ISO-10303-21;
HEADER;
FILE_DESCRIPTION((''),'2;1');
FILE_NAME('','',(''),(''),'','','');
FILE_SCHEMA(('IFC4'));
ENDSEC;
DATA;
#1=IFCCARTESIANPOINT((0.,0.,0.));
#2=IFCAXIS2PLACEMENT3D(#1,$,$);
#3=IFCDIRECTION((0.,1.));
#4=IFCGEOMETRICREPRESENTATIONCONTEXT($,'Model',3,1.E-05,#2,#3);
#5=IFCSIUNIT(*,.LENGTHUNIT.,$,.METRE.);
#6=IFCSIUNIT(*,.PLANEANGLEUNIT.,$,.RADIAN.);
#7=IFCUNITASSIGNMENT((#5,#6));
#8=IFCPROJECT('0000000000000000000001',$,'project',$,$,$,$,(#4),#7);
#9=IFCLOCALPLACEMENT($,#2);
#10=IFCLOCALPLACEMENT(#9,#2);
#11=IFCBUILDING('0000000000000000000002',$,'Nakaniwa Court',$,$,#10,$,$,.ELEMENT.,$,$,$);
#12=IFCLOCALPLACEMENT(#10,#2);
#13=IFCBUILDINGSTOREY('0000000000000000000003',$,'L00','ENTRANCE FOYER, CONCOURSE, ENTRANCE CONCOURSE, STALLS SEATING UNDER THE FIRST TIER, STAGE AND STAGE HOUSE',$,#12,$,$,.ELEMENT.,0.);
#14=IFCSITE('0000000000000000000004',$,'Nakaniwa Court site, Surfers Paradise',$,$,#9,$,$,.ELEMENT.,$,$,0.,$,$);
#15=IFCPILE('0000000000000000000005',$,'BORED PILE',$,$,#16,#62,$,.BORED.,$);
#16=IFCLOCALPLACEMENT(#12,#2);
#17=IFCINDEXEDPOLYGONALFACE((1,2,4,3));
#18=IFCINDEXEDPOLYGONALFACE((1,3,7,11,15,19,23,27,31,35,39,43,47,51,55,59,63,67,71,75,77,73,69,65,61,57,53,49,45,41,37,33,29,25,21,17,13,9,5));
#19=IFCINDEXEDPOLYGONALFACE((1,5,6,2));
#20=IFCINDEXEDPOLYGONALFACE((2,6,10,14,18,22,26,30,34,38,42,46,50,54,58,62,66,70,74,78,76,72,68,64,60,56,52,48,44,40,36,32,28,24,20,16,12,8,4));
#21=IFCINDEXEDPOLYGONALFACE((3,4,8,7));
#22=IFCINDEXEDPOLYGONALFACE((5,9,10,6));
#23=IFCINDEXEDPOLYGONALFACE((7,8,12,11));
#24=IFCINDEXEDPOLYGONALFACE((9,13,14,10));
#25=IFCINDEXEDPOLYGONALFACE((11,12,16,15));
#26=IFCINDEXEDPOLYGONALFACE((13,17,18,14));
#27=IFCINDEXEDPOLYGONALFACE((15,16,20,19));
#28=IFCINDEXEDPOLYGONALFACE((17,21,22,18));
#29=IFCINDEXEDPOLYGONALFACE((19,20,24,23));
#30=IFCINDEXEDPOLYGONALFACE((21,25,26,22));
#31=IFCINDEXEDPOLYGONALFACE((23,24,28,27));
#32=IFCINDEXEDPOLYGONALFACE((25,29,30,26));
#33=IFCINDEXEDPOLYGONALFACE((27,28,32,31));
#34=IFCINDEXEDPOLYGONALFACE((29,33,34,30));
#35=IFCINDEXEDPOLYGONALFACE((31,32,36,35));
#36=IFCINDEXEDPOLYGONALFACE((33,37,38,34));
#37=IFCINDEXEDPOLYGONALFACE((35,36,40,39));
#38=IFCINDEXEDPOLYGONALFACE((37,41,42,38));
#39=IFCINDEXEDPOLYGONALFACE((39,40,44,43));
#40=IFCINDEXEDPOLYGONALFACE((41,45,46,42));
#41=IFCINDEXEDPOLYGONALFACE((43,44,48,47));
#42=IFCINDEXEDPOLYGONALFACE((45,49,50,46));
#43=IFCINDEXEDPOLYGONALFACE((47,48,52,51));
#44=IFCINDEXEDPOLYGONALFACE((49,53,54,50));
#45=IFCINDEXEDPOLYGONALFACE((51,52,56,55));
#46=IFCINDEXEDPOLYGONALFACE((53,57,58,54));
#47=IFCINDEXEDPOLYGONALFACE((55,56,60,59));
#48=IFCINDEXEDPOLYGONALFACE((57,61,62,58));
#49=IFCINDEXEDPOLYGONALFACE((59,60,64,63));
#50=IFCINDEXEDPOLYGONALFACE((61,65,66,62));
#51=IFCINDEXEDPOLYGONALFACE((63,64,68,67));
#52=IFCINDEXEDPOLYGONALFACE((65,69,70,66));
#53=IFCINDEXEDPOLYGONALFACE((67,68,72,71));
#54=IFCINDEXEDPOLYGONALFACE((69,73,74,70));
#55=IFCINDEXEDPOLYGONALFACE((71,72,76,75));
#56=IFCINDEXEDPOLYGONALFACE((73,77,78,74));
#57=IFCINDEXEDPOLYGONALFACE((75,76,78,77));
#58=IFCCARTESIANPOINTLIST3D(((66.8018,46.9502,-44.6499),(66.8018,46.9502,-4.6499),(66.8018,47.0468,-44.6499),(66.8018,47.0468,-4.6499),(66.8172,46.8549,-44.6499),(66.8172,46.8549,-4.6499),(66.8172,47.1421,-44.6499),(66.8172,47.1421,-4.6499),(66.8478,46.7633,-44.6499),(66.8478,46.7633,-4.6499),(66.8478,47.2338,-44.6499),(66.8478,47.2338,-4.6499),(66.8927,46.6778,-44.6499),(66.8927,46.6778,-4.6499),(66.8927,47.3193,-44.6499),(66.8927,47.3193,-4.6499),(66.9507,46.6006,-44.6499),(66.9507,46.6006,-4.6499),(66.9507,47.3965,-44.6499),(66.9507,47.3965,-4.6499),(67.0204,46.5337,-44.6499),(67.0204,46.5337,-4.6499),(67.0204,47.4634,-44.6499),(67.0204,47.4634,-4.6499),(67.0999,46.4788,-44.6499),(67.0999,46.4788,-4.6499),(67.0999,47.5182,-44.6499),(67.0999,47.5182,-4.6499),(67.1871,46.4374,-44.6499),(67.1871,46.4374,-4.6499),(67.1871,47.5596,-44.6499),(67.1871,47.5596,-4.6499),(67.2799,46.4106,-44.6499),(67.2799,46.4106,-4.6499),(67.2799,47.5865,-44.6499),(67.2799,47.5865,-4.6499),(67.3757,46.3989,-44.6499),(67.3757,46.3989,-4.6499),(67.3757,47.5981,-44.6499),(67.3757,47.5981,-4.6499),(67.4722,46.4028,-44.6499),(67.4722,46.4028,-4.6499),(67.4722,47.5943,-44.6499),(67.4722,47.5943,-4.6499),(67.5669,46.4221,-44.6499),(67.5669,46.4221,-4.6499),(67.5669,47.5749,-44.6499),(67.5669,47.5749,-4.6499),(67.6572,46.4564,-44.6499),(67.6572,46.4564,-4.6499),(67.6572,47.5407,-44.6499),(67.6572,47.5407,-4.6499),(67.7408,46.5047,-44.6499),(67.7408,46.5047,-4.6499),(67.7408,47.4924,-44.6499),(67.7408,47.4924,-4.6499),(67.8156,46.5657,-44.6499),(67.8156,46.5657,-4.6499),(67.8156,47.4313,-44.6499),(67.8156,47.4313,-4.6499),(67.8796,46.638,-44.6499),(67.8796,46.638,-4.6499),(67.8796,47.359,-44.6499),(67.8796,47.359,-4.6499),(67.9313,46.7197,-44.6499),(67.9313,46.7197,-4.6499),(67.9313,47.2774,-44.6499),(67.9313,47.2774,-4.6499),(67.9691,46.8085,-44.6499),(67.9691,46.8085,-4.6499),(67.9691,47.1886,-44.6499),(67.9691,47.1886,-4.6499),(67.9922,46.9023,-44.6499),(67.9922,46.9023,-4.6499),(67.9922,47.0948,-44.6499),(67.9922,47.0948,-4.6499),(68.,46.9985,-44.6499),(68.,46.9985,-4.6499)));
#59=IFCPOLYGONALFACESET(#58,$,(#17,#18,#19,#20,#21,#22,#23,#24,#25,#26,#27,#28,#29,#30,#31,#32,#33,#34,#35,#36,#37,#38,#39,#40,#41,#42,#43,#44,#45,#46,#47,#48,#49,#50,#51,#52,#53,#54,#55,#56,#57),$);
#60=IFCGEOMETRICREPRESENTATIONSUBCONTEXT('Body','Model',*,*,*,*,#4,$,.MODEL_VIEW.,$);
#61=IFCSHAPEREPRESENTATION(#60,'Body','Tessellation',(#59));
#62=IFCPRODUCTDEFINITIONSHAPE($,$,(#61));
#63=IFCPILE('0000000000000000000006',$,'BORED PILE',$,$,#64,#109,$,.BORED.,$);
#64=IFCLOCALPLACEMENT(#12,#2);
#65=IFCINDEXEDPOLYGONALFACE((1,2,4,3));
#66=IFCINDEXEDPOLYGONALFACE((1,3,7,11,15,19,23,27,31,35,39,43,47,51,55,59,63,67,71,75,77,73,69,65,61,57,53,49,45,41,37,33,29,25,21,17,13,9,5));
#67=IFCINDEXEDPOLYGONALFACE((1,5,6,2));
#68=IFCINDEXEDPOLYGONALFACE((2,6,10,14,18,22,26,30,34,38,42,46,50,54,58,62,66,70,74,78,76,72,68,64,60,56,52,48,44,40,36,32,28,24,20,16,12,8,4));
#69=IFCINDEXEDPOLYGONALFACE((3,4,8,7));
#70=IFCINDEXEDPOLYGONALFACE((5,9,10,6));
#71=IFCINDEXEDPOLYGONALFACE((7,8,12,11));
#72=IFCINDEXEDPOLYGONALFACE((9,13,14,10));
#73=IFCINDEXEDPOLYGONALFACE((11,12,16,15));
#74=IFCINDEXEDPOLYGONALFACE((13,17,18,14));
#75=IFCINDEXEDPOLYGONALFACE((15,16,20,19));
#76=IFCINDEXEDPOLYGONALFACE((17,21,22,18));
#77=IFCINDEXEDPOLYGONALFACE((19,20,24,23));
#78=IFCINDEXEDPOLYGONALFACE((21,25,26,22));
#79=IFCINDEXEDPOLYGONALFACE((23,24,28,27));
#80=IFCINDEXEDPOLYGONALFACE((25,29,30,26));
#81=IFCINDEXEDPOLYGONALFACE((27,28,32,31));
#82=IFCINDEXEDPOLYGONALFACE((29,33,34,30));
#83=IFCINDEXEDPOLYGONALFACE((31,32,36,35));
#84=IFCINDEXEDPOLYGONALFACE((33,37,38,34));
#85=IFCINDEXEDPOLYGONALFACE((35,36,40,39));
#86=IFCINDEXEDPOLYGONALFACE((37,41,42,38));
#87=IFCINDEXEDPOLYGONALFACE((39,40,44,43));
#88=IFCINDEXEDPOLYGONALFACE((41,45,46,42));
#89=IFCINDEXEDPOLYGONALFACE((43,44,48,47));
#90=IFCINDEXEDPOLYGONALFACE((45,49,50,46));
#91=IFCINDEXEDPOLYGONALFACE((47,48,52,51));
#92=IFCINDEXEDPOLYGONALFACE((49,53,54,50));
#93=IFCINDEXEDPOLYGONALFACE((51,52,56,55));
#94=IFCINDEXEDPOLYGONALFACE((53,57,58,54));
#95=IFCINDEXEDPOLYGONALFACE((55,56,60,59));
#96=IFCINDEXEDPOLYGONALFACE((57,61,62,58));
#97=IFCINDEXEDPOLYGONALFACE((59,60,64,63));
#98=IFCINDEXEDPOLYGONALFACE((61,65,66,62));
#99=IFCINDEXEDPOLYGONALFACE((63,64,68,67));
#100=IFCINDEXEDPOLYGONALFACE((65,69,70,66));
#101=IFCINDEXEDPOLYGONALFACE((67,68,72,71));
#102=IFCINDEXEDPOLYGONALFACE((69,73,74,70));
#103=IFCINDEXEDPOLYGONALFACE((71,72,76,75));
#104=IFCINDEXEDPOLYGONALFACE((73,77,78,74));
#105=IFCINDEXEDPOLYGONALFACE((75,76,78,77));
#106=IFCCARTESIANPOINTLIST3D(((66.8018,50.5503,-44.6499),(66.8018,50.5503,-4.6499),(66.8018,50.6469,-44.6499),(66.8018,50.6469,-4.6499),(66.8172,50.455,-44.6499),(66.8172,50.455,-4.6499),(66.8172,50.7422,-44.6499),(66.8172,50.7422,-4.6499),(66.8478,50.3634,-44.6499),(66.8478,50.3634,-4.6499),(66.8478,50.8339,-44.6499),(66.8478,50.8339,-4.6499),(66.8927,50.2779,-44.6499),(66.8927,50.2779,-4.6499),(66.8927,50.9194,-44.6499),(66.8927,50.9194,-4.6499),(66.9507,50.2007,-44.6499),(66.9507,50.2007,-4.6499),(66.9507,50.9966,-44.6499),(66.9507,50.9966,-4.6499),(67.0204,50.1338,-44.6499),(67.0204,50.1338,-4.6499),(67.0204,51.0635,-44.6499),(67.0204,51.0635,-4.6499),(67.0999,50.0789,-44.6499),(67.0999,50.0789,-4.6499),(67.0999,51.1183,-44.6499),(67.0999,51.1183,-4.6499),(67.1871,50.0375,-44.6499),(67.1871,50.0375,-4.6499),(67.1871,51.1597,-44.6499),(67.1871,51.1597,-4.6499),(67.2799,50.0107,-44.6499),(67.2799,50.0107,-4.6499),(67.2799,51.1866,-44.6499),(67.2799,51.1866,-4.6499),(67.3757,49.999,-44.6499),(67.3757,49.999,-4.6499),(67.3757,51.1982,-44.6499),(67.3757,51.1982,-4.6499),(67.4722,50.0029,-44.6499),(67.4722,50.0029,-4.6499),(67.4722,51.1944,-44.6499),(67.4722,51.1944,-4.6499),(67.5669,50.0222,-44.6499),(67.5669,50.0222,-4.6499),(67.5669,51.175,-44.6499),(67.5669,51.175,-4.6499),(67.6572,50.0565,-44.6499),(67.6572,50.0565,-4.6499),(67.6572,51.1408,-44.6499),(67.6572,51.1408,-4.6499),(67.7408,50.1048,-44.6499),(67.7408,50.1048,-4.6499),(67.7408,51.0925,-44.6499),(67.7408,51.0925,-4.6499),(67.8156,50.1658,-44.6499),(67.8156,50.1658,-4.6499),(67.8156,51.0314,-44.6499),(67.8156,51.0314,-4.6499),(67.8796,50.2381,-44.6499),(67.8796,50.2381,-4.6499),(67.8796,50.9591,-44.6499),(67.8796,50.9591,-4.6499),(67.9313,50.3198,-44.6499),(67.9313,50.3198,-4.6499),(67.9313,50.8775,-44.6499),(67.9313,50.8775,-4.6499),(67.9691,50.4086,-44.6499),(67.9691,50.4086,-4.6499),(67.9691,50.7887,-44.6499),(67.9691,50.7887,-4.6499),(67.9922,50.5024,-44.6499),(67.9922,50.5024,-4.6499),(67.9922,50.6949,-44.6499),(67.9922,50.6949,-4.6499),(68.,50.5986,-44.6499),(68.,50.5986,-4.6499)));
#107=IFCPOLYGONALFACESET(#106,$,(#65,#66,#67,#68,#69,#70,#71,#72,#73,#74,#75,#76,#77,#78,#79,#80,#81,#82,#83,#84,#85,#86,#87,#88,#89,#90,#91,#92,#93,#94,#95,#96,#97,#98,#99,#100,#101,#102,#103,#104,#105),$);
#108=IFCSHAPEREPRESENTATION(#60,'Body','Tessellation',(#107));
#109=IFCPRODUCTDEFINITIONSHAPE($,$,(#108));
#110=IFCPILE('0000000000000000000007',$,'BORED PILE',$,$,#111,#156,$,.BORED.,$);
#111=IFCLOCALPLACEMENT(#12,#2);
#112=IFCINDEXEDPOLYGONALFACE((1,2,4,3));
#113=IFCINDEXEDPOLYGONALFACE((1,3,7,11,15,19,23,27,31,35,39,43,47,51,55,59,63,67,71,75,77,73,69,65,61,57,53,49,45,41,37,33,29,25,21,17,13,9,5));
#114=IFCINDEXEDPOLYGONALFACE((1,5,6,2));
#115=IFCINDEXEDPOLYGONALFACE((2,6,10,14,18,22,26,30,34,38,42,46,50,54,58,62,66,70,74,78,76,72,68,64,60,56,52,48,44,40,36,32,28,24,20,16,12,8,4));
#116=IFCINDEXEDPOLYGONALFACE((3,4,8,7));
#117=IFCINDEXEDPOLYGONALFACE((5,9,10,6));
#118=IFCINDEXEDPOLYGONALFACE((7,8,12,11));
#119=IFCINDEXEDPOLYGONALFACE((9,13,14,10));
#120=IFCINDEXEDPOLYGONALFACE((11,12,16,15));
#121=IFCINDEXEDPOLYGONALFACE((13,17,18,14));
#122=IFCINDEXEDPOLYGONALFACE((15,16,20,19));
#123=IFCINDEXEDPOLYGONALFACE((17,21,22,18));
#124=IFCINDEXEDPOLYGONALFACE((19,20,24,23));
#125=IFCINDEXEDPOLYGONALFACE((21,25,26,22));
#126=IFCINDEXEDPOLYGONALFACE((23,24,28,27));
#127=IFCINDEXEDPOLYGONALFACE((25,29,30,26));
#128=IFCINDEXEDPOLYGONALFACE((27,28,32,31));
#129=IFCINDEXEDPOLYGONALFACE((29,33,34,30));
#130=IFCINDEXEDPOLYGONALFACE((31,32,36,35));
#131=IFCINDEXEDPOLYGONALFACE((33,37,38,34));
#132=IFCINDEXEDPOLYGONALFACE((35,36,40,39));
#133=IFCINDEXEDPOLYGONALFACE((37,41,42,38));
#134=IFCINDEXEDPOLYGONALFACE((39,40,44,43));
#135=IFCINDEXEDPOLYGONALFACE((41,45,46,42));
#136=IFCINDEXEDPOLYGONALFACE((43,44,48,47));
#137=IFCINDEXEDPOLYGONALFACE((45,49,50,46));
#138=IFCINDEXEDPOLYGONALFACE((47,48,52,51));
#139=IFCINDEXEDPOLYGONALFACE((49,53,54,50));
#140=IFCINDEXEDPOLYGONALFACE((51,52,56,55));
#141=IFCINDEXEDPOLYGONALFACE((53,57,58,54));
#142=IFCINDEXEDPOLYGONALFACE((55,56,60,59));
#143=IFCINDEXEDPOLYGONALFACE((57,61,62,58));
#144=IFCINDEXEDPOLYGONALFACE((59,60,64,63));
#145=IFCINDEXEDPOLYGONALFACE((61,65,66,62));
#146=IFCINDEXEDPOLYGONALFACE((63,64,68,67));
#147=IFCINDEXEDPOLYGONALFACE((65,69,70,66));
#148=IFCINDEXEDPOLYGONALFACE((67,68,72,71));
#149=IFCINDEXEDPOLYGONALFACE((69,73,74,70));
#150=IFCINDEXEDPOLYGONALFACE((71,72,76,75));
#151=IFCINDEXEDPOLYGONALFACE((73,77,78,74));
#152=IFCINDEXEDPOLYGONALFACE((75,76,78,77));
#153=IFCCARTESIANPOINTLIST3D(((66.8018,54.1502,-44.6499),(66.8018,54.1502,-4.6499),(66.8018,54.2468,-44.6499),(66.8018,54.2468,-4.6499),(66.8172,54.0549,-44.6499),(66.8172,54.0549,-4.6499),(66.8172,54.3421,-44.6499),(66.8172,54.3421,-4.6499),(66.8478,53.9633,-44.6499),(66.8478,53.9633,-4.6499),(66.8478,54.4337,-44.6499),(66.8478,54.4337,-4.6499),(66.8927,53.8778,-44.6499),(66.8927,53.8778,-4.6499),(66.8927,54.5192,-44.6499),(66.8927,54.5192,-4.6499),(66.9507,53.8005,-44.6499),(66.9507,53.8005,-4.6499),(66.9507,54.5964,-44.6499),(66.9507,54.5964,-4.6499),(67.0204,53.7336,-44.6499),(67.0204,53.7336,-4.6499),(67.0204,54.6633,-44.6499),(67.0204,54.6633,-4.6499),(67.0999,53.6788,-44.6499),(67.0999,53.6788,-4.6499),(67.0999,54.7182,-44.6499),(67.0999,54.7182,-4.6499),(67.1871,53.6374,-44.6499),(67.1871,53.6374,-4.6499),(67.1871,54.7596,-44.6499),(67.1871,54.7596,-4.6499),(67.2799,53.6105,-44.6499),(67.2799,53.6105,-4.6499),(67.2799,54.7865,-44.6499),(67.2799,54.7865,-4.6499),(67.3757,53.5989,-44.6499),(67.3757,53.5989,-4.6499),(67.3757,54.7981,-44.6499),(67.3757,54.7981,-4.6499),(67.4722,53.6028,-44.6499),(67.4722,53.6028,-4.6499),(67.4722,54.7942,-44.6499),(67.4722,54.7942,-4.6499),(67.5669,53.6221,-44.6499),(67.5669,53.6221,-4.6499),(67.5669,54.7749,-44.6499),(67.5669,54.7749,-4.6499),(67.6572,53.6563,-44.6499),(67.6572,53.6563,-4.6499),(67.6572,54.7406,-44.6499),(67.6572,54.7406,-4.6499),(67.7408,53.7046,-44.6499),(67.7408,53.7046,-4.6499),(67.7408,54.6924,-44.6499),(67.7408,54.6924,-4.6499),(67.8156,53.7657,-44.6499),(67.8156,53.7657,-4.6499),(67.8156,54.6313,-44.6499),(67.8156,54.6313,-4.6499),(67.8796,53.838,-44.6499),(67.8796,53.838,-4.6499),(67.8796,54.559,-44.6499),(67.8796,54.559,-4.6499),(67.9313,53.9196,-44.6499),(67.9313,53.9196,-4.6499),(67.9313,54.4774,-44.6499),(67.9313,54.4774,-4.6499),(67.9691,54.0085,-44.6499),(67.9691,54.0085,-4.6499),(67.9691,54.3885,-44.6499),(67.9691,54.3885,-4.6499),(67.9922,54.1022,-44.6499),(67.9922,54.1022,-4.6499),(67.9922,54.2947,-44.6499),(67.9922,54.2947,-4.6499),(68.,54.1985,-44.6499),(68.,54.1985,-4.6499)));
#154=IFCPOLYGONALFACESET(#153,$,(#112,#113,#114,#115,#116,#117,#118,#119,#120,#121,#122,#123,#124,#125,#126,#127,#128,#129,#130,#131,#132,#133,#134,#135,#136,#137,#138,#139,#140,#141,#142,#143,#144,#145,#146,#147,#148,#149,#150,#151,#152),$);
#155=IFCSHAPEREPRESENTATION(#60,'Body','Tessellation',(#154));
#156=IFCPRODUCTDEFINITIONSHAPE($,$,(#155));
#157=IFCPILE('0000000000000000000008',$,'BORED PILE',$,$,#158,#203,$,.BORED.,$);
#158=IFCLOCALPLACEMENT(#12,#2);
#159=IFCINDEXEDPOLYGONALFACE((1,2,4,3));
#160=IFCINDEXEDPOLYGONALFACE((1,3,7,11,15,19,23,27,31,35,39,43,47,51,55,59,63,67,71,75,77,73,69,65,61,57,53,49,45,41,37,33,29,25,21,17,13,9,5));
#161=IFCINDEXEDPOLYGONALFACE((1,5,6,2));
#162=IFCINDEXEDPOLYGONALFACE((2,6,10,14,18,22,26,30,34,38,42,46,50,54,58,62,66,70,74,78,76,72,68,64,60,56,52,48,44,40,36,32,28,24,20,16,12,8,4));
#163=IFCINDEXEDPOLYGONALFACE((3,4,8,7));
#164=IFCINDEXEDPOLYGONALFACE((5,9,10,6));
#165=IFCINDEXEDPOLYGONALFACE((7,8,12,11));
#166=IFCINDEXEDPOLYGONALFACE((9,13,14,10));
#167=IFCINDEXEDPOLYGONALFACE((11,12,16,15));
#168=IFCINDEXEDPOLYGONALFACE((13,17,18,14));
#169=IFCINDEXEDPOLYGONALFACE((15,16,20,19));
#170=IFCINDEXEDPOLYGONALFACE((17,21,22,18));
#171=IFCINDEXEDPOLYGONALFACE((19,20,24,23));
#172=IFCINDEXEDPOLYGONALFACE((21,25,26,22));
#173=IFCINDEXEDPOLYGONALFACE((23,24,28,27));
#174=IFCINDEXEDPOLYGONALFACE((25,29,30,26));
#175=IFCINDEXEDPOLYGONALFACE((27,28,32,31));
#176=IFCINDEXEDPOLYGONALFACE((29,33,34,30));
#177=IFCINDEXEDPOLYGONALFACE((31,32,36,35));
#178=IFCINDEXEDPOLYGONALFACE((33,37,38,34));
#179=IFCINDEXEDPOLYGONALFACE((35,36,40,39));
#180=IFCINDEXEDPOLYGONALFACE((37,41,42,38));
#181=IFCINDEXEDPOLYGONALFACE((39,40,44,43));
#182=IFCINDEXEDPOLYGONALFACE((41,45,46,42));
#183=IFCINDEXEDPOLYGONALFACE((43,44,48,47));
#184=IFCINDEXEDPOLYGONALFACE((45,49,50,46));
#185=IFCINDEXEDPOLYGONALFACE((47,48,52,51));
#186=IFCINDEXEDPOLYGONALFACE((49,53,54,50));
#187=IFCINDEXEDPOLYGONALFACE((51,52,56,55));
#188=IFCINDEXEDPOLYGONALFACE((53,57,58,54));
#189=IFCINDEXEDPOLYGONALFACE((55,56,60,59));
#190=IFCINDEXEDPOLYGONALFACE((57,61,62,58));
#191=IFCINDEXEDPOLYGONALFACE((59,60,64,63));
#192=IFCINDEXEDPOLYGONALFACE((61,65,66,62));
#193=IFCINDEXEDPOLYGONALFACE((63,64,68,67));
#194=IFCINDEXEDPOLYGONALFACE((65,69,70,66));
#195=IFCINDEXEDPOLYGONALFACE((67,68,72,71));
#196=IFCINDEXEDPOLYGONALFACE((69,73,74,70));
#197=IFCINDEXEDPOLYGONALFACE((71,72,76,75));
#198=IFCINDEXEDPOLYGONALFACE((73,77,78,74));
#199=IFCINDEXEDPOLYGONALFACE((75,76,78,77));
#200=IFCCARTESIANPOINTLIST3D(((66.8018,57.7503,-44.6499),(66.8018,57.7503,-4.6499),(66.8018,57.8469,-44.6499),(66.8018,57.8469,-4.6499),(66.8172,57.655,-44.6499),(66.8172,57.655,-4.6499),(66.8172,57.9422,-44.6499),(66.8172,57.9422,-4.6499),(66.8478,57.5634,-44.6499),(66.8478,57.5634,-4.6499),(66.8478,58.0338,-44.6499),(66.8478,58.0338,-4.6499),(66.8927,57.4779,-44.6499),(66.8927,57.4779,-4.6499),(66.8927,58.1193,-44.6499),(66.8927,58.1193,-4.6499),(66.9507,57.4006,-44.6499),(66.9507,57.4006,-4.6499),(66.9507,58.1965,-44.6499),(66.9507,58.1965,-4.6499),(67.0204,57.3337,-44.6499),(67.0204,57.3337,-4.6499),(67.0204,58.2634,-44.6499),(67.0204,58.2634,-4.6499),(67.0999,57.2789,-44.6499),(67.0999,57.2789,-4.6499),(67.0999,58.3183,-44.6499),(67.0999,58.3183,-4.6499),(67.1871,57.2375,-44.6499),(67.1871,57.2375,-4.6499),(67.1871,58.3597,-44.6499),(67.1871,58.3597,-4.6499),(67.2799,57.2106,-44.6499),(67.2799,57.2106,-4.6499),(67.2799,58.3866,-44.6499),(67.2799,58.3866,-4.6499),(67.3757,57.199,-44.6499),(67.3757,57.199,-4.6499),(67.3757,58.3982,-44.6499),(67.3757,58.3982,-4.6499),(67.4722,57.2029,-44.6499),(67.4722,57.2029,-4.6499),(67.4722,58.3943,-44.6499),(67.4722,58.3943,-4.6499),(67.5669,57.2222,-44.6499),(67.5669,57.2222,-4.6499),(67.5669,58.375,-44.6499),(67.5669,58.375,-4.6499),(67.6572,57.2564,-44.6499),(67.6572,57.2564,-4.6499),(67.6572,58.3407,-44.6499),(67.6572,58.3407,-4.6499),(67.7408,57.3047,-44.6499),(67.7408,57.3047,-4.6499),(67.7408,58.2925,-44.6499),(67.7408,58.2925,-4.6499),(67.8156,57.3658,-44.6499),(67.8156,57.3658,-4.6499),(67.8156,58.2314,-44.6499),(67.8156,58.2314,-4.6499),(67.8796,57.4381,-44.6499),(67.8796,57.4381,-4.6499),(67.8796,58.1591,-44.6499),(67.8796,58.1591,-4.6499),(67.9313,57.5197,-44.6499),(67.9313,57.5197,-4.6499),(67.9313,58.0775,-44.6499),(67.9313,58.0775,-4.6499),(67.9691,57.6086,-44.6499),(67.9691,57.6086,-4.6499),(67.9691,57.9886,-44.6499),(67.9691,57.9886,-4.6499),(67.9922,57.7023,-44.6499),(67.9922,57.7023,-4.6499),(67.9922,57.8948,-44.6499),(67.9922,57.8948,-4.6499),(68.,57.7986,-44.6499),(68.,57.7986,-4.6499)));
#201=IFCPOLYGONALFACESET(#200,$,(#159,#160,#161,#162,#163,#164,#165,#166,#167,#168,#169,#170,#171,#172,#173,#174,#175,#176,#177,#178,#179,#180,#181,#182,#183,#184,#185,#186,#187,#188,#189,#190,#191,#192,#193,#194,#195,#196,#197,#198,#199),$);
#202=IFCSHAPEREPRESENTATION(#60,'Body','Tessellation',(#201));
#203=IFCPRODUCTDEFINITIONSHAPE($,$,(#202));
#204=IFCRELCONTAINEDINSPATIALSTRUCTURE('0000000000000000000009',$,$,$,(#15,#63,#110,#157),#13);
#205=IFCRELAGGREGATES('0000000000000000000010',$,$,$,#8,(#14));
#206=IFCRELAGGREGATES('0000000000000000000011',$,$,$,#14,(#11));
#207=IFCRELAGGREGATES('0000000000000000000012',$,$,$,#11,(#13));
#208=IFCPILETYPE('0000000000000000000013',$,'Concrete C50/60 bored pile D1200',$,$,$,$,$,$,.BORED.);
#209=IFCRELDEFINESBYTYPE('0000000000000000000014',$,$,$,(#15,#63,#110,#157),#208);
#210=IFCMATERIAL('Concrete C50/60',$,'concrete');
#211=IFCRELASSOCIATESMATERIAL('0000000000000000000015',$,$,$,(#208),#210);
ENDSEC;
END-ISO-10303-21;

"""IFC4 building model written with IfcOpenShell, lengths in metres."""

from ifc_helpers import new_model, si_unit, direction, frame, origin, origin_2d, place, context, subcontext, project, spatial, circle, extrude, material, material_profile, profile_set, type_object, element, save


model = new_model("IFC4")

# Units and contexts
model_context = context("Model", 3, precision=1e-05, world=origin(), true_north=direction((0.0, 1.0)))
body_context = subcontext(model_context, "Body", "Model", "MODEL_VIEW")
ifc_project = project(units=[si_unit("LENGTHUNIT", "METRE"), si_unit("PLANEANGLEUNIT", "RADIAN")], contexts=[model_context])

# Site, building, storey
site_placement = place(None, origin())
site = spatial("IfcSite", under=ifc_project, at=site_placement, Name="Nakaniwa Court site, Surfers Paradise", CompositionType="ELEMENT", RefElevation=0.0)
building_placement = place(site_placement, origin())
building = spatial("IfcBuilding", under=site, at=building_placement, Name="Nakaniwa Court", CompositionType="ELEMENT")
storey_placement = place(building_placement, origin())
storey = spatial("IfcBuildingStorey", under=building, at=storey_placement, Name="L00", Description="ENTRANCE FOYER, CONCOURSE, ENTRANCE CONCOURSE, STALLS SEATING UNDER THE FIRST TIER, STAGE AND STAGE HOUSE", CompositionType="ELEMENT", Elevation=0.0)

# Piles
ifc_material_1 = material(Name="Concrete C50/60", Category="concrete")
ifc_material_profile_1 = material_profile(ifc_material_1, circle(Radius=0.6001, at=origin_2d()), Name="Concrete C50/60 bored pile D1200")
ifc_profile_set_1 = profile_set([ifc_material_profile_1], Name="Concrete C50/60")
pile_type = type_object("IfcPileType", Name="Concrete C50/60 bored pile D1200", PredefinedType="BORED", material=ifc_profile_set_1)
for number, where, z_axis, x_axis, name in (
    (1, (67.3999, 46.9985, -4.6499), (0.0, 0.0, -1.0), (1.0, 0.0, 0.0), "BORED PILE"),
    (2, (67.3999, 50.5986, -4.6499), (0.0, 0.0, -1.0), (1.0, 0.0, 0.0), "BORED PILE"),
    (3, (67.3999, 54.1985, -4.6499), (0.0, 0.0, -1.0), (1.0, 0.0, 0.0), "BORED PILE"),
    (4, (67.3999, 57.7986, -4.6499), (0.0, 0.0, -1.0), (1.0, 0.0, 0.0), "BORED PILE"),
):
    element("IfcPile", number, at=place(storey_placement, frame(where, z_axis=z_axis, x_axis=x_axis)), inside=storey, type_object=pile_type, Name=name, PredefinedType="BORED", context=body_context, shape_type="SweptSolid", body=[
        extrude(circle(Radius=0.6001, at=origin_2d()), origin(), (0.0, 0.0, 1.0), 40.0),
    ])

save(model, "model.ifc")
